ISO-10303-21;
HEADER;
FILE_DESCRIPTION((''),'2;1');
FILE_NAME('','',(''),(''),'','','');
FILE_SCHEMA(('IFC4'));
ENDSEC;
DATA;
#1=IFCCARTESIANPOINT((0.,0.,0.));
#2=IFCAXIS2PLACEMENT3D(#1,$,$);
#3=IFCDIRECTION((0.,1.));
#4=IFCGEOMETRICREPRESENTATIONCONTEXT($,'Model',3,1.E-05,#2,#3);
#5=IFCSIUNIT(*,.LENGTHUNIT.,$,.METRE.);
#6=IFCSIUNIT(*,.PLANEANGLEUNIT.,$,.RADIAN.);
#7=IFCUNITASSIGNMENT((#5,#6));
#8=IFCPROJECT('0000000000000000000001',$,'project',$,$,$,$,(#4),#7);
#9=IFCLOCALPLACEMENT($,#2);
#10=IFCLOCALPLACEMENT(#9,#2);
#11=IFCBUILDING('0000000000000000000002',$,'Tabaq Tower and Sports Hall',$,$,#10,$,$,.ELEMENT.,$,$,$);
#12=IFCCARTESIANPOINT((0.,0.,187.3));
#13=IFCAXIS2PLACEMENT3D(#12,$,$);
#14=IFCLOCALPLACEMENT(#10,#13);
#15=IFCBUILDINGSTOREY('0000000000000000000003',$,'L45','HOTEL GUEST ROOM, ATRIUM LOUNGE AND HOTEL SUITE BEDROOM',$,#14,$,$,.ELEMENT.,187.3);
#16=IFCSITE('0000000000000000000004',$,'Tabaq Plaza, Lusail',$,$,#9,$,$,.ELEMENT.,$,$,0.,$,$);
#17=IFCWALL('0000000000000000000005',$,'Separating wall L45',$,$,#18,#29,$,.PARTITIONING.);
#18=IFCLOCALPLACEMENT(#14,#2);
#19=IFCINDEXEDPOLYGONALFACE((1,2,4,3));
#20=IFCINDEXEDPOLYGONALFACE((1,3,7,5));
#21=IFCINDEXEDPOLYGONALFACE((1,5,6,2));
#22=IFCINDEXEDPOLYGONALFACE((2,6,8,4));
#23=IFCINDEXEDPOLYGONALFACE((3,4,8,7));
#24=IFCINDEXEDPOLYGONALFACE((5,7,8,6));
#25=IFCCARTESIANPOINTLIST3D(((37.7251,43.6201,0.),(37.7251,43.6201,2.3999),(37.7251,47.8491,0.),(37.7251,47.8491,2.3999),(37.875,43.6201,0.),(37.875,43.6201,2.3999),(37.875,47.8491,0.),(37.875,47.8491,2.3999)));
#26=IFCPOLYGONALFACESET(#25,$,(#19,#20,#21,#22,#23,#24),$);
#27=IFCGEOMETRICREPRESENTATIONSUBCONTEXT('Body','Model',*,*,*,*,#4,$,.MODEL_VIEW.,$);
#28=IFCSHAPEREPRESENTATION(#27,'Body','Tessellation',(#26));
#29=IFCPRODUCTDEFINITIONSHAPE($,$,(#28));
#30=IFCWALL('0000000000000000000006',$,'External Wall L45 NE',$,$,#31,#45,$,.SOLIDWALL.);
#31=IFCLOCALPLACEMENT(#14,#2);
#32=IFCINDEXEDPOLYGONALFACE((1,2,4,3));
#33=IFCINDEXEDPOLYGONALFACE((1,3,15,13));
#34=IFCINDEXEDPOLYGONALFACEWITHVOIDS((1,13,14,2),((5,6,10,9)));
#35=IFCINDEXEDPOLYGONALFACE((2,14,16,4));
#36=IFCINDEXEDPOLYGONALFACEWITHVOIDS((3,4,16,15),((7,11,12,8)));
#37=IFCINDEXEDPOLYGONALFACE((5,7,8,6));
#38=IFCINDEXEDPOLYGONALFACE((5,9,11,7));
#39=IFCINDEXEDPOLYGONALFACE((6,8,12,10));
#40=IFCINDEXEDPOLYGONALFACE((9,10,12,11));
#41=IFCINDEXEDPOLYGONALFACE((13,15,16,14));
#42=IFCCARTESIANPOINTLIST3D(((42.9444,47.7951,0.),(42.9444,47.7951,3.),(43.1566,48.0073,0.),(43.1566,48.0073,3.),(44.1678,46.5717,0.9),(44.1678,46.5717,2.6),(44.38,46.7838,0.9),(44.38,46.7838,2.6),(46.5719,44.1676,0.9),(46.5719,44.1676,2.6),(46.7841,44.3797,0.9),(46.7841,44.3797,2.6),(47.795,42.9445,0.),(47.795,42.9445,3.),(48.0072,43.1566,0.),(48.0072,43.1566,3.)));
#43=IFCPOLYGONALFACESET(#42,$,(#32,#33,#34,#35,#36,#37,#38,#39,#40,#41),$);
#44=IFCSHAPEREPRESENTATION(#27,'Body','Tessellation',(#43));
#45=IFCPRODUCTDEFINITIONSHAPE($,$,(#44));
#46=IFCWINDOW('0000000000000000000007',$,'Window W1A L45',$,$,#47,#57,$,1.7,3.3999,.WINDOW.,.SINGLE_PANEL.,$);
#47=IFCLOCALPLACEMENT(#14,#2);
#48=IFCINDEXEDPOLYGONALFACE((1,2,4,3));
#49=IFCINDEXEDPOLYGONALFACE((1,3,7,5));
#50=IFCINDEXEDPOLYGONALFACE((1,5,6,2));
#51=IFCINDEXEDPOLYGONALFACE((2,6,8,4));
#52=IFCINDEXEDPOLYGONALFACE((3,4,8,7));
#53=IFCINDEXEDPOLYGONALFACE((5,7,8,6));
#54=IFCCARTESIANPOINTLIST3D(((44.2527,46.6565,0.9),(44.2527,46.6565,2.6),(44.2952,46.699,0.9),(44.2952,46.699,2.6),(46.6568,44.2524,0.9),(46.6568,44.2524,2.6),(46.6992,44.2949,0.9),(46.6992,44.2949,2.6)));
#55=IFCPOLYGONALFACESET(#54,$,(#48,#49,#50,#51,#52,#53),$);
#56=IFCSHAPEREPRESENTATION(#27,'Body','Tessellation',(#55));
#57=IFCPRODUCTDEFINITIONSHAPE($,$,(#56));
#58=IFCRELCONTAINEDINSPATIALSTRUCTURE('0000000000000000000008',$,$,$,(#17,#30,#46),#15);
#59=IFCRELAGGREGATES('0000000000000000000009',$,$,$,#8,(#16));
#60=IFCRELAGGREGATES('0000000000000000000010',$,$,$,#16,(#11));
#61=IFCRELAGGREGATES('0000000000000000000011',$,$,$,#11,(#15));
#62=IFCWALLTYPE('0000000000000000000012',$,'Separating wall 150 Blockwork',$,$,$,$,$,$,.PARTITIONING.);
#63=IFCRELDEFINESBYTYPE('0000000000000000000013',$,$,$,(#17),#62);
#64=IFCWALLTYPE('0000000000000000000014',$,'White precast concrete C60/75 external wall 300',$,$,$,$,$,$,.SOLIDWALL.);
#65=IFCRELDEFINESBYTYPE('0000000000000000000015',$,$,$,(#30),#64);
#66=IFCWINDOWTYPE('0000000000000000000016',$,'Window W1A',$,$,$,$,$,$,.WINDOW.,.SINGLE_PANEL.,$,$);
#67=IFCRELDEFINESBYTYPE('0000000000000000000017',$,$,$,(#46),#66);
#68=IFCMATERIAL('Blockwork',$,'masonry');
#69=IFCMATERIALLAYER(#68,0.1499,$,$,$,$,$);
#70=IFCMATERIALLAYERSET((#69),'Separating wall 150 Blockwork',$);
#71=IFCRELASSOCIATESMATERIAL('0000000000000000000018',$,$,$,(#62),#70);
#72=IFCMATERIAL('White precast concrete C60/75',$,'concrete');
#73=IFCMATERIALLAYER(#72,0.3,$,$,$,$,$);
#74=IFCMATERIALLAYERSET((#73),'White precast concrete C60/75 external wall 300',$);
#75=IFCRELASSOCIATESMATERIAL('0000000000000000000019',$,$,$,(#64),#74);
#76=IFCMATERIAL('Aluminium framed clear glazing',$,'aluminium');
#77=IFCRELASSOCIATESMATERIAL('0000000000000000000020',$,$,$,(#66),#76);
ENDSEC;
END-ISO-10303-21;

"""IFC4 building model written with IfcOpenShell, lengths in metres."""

from ifc_helpers import new_model, si_unit, direction, frame, frame_2d, origin, place, context, subcontext, project, spatial, rectangle, extrude, material, layer, layer_set, type_object, element, fill, save


model = new_model("IFC4")

# Units and contexts
model_context = context("Model", 3, precision=1e-05, world=origin(), true_north=direction((0.0, 1.0)))
body_context = subcontext(model_context, "Body", "Model", "MODEL_VIEW")
ifc_project = project(units=[si_unit("LENGTHUNIT", "METRE"), si_unit("PLANEANGLEUNIT", "RADIAN")], contexts=[model_context])

# Site, building, storey
site_placement = place(None, origin())
site = spatial("IfcSite", under=ifc_project, at=site_placement, Name="Tabaq Plaza, Lusail", CompositionType="ELEMENT", RefElevation=0.0)
building_placement = place(site_placement, origin())
building = spatial("IfcBuilding", under=site, at=building_placement, Name="Tabaq Tower and Sports Hall", CompositionType="ELEMENT")
storey_placement = place(building_placement, frame((0.0, 0.0, 187.3)))
storey = spatial("IfcBuildingStorey", under=building, at=storey_placement, Name="L45", Description="HOTEL GUEST ROOM, ATRIUM LOUNGE AND HOTEL SUITE BEDROOM", CompositionType="ELEMENT", Elevation=187.3)

# Wall
ifc_material_1 = material(Name="Blockwork", Category="masonry")
ifc_layer_1 = layer(ifc_material_1, 0.1499)
ifc_layer_set_1 = layer_set([ifc_layer_1], Name="Separating wall 150 Blockwork")
wall_type_1 = type_object("IfcWallType", Name="Separating wall 150 Blockwork", PredefinedType="PARTITIONING", material=ifc_layer_set_1)
wall_1_placement = place(storey_placement, frame((37.8, 43.6201, 0.0), z_axis=(0.0, 0.0, 1.0), x_axis=(0.0, 1.0, 0.0)))
element("IfcWall", 1, at=wall_1_placement, inside=storey, type_object=wall_type_1, Name="Separating wall L45", PredefinedType="PARTITIONING", context=body_context, shape_type="SweptSolid", body=[
    extrude(rectangle(XDim=4.229, YDim=0.1499, at=frame_2d((2.1145, 0.0))), origin(), (0.0, 0.0, 1.0), 2.3999),
])

# Wall, opening, window
ifc_material_2 = material(Name="White precast concrete C60/75", Category="concrete")
ifc_layer_2 = layer(ifc_material_2, 0.3)
ifc_layer_set_2 = layer_set([ifc_layer_2], Name="White precast concrete C60/75 external wall 300")
wall_type_2 = type_object("IfcWallType", Name="White precast concrete C60/75 external wall 300", PredefinedType="SOLIDWALL", material=ifc_layer_set_2)
wall_2_placement = place(storey_placement, frame((47.9011, 43.0505, 0.0), z_axis=(0.0, 0.0, 1.0), x_axis=(-0.707107, 0.707107, 0.0)))
wall_2 = element("IfcWall", 2, at=wall_2_placement, inside=storey, type_object=wall_type_2, Name="External Wall L45 NE", PredefinedType="SOLIDWALL", context=body_context, shape_type="SweptSolid", body=[
    extrude(rectangle(XDim=6.8599, YDim=0.3, at=frame_2d((3.4299, 0.0))), origin(), (0.0, 0.0, 1.0), 3.0),
])
opening_1_placement = place(wall_2_placement, frame((1.7297, 0.0, 0.8999)))
opening_1 = element("IfcOpeningElement", 3, at=opening_1_placement, cuts=wall_2, PredefinedType="OPENING", context=body_context, shape_type="SweptSolid", body=[
    extrude(rectangle(XDim=3.3999, YDim=1.7, at=frame_2d((1.7, 0.8501))), frame((0.0, 0.1602, 0.0), z_axis=(0.0, -1.0, 0.0), x_axis=(1.0, 0.0, 0.0)), (0.0, 0.0, 1.0), 0.3201),
])
ifc_material_3 = material(Name="Aluminium framed clear glazing", Category="aluminium")
window_type_1 = type_object("IfcWindowType", Name="Window W1A", PartitioningType="SINGLE_PANEL", PredefinedType="WINDOW", material=ifc_material_3)
window_1_placement = place(opening_1_placement, origin())
window_1 = element("IfcWindow", 4, at=window_1_placement, inside=storey, type_object=window_type_1, Name="Window W1A L45", OverallHeight=1.7, OverallWidth=3.3999, PartitioningType="SINGLE_PANEL", PredefinedType="WINDOW", context=body_context, shape_type="SweptSolid", body=[
    extrude(rectangle(XDim=3.3999, YDim=1.7, at=frame_2d((1.7, 0.8501))), frame((0.0, 0.03, 0.0), z_axis=(0.0, -1.0, 0.0), x_axis=(1.0, 0.0, 0.0)), (0.0, 0.0, 1.0), 0.0601),
])
fill(opening_1, window_1)

save(model, "model.ifc")
